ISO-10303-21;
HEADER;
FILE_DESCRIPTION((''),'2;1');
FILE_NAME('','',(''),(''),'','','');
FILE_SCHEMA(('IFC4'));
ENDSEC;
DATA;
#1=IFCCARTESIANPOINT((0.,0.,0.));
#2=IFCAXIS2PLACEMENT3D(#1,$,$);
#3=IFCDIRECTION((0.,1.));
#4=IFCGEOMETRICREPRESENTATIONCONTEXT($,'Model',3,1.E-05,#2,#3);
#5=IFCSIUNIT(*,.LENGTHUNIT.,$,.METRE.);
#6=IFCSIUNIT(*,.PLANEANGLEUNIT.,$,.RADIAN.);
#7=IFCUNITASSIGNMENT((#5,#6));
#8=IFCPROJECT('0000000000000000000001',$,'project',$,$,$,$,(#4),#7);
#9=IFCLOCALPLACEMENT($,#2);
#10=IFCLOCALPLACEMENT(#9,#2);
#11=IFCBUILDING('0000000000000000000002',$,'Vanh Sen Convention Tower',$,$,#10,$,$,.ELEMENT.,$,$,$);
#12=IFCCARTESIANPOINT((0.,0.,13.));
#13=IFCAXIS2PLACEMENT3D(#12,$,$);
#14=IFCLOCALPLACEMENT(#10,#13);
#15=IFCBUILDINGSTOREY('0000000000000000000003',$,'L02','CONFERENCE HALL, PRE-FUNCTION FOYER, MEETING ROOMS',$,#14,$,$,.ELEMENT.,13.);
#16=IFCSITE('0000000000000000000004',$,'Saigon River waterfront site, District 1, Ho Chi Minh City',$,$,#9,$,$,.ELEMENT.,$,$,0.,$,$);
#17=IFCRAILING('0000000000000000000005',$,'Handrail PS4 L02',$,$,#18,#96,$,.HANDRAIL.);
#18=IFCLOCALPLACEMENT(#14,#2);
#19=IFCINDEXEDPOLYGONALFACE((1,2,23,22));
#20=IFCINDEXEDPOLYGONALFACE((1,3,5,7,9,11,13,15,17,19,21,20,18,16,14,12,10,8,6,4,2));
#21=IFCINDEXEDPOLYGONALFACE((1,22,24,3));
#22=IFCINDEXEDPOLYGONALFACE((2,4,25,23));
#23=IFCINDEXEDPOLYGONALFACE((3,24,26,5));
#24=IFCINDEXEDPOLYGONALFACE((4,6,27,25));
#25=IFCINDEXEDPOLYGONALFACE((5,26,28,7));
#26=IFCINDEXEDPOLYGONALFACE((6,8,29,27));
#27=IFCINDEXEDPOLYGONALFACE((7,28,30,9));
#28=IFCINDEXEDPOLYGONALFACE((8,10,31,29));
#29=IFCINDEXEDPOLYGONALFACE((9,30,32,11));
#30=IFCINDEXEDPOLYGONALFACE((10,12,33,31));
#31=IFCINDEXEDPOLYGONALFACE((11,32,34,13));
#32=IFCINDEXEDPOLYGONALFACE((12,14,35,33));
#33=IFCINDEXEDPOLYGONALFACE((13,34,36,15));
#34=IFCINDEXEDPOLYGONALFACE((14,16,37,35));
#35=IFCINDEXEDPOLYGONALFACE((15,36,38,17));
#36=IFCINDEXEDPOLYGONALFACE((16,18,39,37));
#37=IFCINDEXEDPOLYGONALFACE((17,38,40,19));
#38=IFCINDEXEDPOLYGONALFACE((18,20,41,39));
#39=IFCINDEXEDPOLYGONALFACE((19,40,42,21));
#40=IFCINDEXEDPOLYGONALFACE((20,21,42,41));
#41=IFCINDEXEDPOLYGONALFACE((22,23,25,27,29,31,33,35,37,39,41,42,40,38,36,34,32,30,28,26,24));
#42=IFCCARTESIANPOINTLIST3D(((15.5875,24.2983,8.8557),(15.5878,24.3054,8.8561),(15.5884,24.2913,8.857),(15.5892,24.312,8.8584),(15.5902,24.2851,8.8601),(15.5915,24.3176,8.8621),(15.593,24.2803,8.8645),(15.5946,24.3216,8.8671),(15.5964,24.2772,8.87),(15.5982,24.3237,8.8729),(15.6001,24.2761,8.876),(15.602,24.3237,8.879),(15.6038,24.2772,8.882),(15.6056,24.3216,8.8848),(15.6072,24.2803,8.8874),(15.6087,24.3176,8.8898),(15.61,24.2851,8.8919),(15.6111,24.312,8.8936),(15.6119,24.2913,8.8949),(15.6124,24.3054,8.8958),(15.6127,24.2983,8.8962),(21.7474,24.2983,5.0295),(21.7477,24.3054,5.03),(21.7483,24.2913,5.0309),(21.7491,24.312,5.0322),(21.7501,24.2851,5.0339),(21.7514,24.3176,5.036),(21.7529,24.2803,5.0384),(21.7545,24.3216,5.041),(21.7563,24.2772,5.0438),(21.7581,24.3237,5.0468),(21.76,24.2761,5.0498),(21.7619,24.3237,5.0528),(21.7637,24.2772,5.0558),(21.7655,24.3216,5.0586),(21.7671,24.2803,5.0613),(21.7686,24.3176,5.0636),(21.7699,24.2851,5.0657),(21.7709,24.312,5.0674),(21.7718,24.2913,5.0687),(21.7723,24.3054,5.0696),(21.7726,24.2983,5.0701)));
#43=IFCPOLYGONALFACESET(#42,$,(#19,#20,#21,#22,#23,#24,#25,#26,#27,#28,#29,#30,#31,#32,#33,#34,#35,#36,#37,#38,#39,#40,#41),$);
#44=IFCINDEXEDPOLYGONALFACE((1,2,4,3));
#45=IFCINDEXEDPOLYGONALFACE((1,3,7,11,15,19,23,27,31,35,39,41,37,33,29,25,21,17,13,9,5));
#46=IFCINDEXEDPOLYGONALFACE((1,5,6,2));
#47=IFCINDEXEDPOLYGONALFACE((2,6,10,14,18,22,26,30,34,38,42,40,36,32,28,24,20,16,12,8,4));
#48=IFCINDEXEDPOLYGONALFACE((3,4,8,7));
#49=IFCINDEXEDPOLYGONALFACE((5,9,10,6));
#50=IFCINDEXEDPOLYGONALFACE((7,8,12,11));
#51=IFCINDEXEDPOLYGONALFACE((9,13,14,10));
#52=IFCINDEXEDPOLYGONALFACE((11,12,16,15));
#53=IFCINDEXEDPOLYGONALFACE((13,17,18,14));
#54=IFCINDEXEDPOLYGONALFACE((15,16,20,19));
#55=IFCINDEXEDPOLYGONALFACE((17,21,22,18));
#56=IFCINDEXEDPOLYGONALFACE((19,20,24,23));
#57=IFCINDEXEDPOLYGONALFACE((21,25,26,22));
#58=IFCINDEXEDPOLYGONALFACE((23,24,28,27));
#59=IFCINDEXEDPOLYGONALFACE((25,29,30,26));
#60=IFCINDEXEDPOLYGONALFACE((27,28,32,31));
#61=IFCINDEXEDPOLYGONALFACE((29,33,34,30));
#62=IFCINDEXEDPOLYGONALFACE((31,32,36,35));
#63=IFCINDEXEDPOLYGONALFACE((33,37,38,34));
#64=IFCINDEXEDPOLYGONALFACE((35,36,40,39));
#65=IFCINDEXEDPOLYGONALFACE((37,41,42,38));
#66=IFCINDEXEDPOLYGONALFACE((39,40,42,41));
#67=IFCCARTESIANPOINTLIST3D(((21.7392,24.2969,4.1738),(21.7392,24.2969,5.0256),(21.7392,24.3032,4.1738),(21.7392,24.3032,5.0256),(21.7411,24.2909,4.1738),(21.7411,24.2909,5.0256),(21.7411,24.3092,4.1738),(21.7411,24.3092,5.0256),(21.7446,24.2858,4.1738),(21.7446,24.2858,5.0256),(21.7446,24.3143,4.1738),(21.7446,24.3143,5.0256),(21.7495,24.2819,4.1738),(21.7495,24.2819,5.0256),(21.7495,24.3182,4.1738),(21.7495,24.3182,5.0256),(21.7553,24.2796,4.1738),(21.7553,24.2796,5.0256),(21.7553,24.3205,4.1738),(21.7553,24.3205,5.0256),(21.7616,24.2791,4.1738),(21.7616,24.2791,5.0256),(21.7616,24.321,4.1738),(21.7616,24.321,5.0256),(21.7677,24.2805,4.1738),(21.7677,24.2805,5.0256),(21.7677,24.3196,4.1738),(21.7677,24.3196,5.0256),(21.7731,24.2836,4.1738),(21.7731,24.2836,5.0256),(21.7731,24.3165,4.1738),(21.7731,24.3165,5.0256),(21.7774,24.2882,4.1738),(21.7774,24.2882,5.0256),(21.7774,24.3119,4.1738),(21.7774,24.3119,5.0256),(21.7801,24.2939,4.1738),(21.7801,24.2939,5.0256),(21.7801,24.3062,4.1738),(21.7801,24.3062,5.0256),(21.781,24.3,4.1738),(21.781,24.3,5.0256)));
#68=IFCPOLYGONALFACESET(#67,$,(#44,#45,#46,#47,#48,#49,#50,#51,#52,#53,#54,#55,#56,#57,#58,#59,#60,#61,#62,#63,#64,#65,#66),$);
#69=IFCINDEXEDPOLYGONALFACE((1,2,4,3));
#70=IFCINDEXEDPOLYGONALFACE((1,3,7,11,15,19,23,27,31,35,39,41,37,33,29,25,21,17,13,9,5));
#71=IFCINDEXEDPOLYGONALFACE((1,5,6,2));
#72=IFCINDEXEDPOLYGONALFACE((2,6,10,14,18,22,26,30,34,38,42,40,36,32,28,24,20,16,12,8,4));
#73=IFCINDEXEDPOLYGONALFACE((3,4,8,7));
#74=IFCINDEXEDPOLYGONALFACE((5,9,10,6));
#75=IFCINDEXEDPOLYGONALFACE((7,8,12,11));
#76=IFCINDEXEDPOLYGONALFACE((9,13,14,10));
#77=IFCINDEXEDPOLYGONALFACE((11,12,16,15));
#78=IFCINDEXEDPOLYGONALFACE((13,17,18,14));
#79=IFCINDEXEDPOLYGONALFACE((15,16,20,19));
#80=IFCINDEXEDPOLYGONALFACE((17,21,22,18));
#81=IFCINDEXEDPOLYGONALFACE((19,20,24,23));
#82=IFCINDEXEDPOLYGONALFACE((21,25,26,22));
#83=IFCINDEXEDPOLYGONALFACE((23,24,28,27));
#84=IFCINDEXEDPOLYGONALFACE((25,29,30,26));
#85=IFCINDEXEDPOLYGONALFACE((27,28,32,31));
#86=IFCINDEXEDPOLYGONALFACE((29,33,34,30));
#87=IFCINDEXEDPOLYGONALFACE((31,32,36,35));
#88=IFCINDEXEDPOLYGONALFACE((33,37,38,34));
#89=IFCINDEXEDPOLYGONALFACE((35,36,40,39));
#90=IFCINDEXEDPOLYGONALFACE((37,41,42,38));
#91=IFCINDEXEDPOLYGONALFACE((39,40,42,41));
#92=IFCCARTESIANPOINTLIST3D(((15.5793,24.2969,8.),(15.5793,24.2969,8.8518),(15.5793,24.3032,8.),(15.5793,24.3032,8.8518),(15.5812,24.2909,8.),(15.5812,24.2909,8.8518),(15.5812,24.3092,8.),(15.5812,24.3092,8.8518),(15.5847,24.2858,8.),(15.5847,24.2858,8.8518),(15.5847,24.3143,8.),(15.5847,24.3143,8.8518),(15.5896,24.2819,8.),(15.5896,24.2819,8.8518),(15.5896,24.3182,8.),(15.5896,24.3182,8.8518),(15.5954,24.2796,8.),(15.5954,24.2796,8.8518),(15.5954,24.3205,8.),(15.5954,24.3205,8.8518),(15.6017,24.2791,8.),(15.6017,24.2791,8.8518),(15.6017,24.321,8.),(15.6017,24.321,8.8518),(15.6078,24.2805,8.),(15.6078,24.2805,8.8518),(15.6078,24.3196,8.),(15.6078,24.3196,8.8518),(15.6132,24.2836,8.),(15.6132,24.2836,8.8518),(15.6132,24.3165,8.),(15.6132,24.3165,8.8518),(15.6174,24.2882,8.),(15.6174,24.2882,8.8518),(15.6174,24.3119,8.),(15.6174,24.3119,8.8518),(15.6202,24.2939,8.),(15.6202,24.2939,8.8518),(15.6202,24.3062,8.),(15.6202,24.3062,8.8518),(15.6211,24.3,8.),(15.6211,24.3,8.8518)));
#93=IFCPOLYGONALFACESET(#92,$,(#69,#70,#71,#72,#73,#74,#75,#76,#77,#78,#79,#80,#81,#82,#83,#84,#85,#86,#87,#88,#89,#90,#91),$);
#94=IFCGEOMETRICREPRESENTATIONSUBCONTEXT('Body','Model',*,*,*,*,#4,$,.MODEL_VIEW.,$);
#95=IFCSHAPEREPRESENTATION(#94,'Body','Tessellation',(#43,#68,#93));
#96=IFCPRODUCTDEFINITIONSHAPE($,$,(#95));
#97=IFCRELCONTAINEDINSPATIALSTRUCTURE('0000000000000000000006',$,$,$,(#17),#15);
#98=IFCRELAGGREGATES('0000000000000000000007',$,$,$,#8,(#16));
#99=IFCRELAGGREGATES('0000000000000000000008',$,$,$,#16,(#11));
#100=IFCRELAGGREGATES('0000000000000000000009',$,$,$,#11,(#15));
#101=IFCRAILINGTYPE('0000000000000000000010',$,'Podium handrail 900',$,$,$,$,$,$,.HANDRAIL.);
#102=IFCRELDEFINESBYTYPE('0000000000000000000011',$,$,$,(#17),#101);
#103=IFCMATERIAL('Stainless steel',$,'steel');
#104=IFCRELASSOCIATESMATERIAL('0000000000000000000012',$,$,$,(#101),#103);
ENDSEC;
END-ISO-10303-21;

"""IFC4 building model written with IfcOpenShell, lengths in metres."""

from ifc_helpers import new_model, si_unit, direction, frame, origin, origin_2d, place, context, subcontext, project, spatial, circle, extrude, material, type_object, element, save


model = new_model("IFC4")

# Units and contexts
model_context = context("Model", 3, precision=1e-05, world=origin(), true_north=direction((0.0, 1.0)))
body_context = subcontext(model_context, "Body", "Model", "MODEL_VIEW")
ifc_project = project(units=[si_unit("LENGTHUNIT", "METRE"), si_unit("PLANEANGLEUNIT", "RADIAN")], contexts=[model_context])

# Site, building, storey
site_placement = place(None, origin())
site = spatial("IfcSite", under=ifc_project, at=site_placement, Name="Saigon River waterfront site, District 1, Ho Chi Minh City", CompositionType="ELEMENT", RefElevation=0.0)
building_placement = place(site_placement, origin())
building = spatial("IfcBuilding", under=site, at=building_placement, Name="Vanh Sen Convention Tower", CompositionType="ELEMENT")
storey_placement = place(building_placement, frame((0.0, 0.0, 13.0)))
storey = spatial("IfcBuildingStorey", under=building, at=storey_placement, Name="L02", Description="CONFERENCE HALL, PRE-FUNCTION FOYER, MEETING ROOMS", CompositionType="ELEMENT", Elevation=13.0)

# Railing
ifc_material_1 = material(Name="Stainless steel", Category="steel")
railing_type = type_object("IfcRailingType", Name="Podium handrail 900", PredefinedType="HANDRAIL", material=ifc_material_1)
for number, where, name in (
    (1, (21.76, 24.3, 4.1738), "Handrail PS4 L02"),
):
    element("IfcRailing", number, at=place(storey_placement, frame(where)), inside=storey, type_object=railing_type, Name=name, PredefinedType="HANDRAIL", context=body_context, shape_type="SweptSolid", body=[
        extrude(circle(Radius=0.0239, at=origin_2d()), frame((0.0, 0.0, 0.876), z_axis=(-0.849468, 0.0, 0.527639), x_axis=(0.0, -1.0, 0.0)), (0.0, 0.0, 1.0), 7.2515),
        extrude(circle(Radius=0.021, at=origin_2d()), origin(), (0.0, 0.0, 1.0), 0.8518),
        extrude(circle(Radius=0.021, at=origin_2d()), frame((-6.1599, 0.0, 3.8262)), (0.0, 0.0, 1.0), 0.8518),
    ])

save(model, "model.ifc")
